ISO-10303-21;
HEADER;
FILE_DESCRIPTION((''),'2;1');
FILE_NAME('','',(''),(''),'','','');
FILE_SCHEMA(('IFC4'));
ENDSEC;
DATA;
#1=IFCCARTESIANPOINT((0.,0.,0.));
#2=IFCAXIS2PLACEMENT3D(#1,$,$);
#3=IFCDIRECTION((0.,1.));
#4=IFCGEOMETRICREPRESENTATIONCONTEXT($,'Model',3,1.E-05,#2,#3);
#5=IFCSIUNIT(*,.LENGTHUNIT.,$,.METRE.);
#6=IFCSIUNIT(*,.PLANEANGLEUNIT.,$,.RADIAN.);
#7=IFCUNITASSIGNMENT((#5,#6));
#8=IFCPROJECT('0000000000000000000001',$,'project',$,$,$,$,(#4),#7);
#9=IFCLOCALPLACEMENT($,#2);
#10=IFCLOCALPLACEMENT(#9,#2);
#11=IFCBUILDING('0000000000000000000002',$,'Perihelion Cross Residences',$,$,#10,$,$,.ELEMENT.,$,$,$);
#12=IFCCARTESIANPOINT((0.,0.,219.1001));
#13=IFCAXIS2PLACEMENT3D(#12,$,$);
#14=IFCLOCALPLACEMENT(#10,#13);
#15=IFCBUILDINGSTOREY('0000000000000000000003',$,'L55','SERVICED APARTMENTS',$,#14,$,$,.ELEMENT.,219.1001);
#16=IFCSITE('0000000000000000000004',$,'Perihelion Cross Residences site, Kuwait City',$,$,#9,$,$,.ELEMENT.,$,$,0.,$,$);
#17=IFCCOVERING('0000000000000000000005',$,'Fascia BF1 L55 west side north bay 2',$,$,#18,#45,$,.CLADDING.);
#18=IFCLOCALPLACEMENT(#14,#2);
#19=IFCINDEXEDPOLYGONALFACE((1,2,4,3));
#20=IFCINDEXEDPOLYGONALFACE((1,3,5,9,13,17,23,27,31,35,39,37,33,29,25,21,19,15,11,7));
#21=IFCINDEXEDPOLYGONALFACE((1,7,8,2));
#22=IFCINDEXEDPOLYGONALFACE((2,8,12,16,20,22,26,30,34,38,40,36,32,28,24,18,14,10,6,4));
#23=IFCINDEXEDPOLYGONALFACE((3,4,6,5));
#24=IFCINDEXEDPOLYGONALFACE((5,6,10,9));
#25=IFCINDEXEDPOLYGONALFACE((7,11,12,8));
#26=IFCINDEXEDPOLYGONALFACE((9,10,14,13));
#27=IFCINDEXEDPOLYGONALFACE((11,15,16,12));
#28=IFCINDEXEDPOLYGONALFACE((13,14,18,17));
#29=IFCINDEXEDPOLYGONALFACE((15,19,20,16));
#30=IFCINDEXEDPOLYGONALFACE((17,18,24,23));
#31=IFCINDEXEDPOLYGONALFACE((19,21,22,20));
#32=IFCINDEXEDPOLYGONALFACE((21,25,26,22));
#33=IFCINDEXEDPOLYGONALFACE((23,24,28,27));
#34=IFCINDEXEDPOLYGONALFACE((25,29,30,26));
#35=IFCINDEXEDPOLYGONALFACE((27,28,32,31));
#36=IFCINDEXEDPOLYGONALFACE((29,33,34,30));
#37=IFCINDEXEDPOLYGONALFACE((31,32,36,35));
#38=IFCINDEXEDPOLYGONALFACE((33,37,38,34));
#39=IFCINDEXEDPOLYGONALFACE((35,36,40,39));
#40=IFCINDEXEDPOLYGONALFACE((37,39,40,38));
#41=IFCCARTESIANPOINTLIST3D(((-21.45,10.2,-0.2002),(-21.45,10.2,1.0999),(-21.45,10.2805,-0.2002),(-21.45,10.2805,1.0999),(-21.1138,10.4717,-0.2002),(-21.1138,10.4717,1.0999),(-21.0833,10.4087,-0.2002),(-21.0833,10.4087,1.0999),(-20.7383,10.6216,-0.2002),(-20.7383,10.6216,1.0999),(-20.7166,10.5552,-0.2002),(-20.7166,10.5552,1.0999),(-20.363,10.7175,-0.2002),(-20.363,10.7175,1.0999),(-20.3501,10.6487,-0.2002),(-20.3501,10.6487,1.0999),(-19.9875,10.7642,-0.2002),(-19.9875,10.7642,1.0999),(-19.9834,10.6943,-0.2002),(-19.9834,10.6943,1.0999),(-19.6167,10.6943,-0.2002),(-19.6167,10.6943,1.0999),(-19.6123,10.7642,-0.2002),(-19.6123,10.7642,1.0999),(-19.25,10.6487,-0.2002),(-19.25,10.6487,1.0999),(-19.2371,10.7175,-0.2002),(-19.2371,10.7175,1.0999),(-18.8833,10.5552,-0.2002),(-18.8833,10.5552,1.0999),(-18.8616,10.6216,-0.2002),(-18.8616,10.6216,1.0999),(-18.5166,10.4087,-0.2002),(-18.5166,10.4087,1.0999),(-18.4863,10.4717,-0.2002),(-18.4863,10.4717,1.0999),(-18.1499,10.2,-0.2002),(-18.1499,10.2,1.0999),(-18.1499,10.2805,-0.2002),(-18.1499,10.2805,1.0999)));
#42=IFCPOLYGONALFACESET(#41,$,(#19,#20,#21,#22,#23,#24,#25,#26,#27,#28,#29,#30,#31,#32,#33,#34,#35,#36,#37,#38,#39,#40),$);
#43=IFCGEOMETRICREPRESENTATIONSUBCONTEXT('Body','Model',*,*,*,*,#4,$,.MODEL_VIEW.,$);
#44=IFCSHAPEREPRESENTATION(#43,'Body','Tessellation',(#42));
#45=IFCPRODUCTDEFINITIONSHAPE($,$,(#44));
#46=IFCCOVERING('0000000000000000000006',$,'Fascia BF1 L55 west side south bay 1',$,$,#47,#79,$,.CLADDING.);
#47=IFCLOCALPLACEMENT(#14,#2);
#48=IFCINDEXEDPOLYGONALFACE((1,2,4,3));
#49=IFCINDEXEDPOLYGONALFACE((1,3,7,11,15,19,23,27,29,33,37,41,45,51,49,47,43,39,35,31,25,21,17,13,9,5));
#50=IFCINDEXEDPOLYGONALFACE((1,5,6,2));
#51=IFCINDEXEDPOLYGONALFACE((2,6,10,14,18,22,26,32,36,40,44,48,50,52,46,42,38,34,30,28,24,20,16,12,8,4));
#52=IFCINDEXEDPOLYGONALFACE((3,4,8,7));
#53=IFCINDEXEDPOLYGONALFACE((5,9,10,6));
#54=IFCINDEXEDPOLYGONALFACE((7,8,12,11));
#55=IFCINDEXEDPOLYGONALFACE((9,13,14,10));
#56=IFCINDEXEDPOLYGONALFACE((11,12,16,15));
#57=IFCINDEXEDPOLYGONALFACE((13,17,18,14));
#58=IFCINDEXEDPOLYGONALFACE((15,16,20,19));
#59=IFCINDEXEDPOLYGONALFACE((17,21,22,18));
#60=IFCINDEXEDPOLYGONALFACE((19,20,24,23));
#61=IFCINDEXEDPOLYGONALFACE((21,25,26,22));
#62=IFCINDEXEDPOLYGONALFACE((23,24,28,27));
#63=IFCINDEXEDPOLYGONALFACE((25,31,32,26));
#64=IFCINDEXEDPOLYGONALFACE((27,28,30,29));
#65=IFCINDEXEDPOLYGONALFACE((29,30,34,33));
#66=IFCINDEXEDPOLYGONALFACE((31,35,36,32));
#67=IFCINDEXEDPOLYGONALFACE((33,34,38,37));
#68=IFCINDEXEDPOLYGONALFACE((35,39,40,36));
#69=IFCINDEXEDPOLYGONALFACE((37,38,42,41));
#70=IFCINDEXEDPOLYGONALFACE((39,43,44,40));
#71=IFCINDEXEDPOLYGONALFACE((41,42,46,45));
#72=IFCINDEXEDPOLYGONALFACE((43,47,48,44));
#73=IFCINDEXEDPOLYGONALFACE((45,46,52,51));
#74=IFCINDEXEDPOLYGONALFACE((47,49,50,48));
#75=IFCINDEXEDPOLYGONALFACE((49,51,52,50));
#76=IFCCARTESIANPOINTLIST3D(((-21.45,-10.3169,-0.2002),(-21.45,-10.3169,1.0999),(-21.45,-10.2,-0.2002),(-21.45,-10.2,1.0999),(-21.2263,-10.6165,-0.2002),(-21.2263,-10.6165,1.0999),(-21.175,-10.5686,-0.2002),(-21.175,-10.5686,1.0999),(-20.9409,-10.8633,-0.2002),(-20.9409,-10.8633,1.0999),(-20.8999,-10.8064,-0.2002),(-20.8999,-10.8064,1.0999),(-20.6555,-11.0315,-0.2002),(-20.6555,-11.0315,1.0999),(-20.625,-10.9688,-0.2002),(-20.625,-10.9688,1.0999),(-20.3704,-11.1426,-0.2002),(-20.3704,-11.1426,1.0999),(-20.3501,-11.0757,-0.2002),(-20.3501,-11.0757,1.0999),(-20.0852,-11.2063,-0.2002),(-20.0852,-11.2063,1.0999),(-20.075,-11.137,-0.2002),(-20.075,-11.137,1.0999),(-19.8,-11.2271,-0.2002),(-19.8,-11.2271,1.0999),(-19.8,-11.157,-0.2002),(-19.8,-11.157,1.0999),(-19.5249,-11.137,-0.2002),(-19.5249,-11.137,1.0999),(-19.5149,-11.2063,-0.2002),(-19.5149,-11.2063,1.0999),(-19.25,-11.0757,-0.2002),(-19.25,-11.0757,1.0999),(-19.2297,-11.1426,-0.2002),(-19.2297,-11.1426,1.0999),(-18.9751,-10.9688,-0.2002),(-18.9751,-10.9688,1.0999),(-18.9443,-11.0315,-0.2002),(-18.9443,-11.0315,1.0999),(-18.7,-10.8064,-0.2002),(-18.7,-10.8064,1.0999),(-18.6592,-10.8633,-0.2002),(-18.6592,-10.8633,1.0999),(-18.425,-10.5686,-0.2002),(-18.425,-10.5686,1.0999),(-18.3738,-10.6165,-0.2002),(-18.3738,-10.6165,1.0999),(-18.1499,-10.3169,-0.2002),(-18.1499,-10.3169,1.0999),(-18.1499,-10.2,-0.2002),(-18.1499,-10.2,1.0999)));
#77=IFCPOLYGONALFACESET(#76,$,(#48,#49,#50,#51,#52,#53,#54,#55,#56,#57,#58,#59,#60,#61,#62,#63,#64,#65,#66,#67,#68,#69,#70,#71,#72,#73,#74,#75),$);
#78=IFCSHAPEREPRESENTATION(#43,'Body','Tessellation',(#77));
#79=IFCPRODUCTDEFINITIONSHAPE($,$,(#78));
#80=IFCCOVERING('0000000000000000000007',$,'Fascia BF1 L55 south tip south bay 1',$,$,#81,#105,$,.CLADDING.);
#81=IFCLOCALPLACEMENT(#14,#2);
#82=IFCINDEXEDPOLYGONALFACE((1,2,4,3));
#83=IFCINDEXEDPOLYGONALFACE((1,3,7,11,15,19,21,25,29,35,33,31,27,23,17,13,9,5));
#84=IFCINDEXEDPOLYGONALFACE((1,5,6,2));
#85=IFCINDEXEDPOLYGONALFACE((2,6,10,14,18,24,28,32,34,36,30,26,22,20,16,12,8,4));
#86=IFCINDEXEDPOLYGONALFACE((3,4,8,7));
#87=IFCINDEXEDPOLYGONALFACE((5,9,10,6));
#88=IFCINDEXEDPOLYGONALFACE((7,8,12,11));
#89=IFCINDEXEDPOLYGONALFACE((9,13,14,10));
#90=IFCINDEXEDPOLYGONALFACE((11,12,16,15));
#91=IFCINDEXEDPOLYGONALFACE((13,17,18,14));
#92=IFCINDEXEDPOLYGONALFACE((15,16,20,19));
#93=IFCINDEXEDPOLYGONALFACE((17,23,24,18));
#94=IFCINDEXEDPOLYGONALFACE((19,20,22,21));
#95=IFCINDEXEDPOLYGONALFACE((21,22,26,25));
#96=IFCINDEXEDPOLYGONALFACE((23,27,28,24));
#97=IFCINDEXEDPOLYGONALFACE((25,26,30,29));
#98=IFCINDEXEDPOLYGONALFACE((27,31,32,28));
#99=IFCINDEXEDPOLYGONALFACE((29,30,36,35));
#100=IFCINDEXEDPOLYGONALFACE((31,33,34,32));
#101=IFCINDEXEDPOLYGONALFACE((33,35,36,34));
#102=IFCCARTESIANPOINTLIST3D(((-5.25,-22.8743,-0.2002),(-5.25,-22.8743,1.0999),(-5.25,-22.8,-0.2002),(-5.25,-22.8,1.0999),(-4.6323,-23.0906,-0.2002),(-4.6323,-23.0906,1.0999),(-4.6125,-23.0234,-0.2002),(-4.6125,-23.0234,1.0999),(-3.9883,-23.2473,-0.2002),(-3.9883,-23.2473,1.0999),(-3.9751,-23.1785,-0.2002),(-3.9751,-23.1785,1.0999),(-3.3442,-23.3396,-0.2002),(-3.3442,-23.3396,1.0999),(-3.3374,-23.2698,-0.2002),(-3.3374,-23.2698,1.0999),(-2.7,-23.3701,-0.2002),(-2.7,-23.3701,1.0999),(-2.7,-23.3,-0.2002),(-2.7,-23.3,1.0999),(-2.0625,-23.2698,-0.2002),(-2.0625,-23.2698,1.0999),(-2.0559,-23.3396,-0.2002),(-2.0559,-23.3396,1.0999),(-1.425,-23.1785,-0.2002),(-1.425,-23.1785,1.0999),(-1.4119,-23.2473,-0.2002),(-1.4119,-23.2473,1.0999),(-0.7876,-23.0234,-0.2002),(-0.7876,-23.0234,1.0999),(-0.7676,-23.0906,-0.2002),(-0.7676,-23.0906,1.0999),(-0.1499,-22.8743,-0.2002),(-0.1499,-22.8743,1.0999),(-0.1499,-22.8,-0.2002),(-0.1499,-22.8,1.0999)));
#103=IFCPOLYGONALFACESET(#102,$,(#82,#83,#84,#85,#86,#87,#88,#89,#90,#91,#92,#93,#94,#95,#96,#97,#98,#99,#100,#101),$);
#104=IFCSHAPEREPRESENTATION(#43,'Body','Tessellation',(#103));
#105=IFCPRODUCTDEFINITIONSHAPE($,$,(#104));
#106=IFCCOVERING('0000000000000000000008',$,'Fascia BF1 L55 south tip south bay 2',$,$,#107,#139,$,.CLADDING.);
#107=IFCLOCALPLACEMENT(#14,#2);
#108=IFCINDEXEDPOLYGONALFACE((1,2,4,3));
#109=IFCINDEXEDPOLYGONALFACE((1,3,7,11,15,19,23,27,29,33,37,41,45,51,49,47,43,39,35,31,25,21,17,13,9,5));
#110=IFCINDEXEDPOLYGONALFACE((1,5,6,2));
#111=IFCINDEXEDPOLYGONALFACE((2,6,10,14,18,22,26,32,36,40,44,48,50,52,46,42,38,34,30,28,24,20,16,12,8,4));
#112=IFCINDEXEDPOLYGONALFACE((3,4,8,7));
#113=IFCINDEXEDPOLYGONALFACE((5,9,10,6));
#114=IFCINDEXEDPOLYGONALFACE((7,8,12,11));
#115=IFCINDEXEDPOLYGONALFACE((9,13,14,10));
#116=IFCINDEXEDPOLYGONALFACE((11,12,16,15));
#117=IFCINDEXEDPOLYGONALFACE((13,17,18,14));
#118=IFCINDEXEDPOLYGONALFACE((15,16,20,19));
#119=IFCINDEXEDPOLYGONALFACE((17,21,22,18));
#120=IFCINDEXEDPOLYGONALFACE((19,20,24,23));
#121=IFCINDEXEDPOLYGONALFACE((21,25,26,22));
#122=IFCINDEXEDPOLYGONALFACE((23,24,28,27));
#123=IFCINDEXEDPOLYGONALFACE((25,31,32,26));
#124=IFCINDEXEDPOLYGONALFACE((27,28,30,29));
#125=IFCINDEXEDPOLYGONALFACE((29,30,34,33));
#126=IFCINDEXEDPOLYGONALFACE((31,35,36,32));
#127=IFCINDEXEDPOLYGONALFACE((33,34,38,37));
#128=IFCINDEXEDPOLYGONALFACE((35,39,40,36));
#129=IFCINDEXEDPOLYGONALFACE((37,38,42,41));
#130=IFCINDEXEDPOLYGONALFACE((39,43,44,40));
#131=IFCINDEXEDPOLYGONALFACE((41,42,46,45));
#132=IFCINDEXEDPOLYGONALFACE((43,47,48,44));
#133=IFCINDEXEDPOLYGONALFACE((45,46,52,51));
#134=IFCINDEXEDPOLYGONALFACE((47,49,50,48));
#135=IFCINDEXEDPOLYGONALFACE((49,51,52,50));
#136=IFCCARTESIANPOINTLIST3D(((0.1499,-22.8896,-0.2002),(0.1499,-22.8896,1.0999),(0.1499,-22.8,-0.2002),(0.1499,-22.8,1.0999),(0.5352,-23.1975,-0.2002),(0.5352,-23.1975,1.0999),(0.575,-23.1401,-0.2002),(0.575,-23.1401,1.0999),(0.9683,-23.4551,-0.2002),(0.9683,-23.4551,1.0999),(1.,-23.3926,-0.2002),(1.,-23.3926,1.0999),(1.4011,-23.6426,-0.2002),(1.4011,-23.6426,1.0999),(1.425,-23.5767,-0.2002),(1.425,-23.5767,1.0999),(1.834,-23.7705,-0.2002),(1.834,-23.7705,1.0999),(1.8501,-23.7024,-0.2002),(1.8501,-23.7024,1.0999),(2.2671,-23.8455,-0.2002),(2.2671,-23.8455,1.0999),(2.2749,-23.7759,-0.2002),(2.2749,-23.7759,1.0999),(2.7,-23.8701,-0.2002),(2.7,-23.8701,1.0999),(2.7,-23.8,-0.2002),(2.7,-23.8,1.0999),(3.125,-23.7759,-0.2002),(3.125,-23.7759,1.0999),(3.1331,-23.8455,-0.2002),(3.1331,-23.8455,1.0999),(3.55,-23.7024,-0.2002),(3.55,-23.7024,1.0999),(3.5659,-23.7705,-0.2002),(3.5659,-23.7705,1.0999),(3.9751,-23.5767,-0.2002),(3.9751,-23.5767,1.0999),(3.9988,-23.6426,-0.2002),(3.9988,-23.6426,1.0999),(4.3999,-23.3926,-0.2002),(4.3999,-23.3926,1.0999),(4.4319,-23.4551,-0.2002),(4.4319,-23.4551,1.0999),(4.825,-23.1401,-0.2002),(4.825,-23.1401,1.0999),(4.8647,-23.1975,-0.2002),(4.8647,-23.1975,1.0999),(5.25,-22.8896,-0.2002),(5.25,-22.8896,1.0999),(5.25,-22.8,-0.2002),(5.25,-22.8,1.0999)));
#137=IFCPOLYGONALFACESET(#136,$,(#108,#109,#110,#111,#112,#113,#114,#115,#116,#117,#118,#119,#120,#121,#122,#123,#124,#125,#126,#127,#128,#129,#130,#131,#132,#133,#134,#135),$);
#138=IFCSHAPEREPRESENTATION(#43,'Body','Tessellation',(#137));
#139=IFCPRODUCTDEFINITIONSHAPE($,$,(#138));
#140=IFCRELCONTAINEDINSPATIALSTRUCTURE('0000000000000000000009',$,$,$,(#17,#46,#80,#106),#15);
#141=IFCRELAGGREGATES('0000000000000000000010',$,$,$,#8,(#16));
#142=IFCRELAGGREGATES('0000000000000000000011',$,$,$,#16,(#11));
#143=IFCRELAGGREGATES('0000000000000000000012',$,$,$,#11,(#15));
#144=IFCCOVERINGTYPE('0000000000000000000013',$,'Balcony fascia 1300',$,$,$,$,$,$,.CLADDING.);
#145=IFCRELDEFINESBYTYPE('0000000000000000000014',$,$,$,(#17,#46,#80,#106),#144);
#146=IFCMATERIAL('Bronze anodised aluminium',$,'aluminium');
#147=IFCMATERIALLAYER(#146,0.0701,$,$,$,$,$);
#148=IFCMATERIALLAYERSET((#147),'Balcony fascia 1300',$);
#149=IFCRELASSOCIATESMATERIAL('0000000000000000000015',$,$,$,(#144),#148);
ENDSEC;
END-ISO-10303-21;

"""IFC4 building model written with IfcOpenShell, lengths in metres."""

from ifc_helpers import new_model, si_unit, direction, frame, origin, place, context, subcontext, project, spatial, polyline, outline, extrude, material, layer, layer_set, type_object, element, save


model = new_model("IFC4")

# Units and contexts
model_context = context("Model", 3, precision=1e-05, world=origin(), true_north=direction((0.0, 1.0)))
body_context = subcontext(model_context, "Body", "Model", "MODEL_VIEW")
ifc_project = project(units=[si_unit("LENGTHUNIT", "METRE"), si_unit("PLANEANGLEUNIT", "RADIAN")], contexts=[model_context])

# Site, building, storey
site_placement = place(None, origin())
site = spatial("IfcSite", under=ifc_project, at=site_placement, Name="Perihelion Cross Residences site, Kuwait City", CompositionType="ELEMENT", RefElevation=0.0)
building_placement = place(site_placement, origin())
building = spatial("IfcBuilding", under=site, at=building_placement, Name="Perihelion Cross Residences", CompositionType="ELEMENT")
storey_placement = place(building_placement, frame((0.0, 0.0, 219.1001)))
storey = spatial("IfcBuildingStorey", under=building, at=storey_placement, Name="L55", Description="SERVICED APARTMENTS", CompositionType="ELEMENT", Elevation=219.1001)

# Coverings
ifc_material_1 = material(Name="Bronze anodised aluminium", Category="aluminium")
ifc_layer_1 = layer(ifc_material_1, 0.0701)
ifc_layer_set_1 = layer_set([ifc_layer_1], Name="Balcony fascia 1300")
covering_type = type_object("IfcCoveringType", Name="Balcony fascia 1300", PredefinedType="CLADDING", material=ifc_layer_set_1)
covering_1_placement = place(storey_placement, frame((0.0, 0.0, -0.2002)))
element("IfcCovering", 1, at=covering_1_placement, inside=storey, type_object=covering_type, Name="Fascia BF1 L55 west side north bay 2", PredefinedType="CLADDING", context=body_context, shape_type="SweptSolid", body=[
    extrude(outline(polyline([(-18.4863, 10.4717), (-18.8616, 10.6216), (-19.2371, 10.7175), (-19.6123, 10.7642), (-19.9875, 10.7642), (-20.363, 10.7175), (-20.7383, 10.6216), (-21.1138, 10.4717), (-21.45, 10.2805), (-21.45, 10.2), (-21.0833, 10.4087), (-20.7166, 10.5552), (-20.3501, 10.6487), (-19.9834, 10.6943), (-19.6167, 10.6943), (-19.25, 10.6487), (-18.8833, 10.5552), (-18.5166, 10.4087), (-18.1499, 10.2), (-18.1499, 10.2805), (-18.4863, 10.4717)])), origin(), (0.0, 0.0, 1.0), 1.3),
])
covering_2_placement = place(storey_placement, frame((0.0, 0.0, -0.2002)))
element("IfcCovering", 2, at=covering_2_placement, inside=storey, type_object=covering_type, Name="Fascia BF1 L55 west side south bay 1", PredefinedType="CLADDING", context=body_context, shape_type="SweptSolid", body=[
    extrude(outline(polyline([(-21.2263, -10.6165), (-20.9409, -10.8633), (-20.6555, -11.0315), (-20.3704, -11.1426), (-20.0852, -11.2063), (-19.8, -11.2271), (-19.5149, -11.2063), (-19.2297, -11.1426), (-18.9443, -11.0315), (-18.6592, -10.8633), (-18.3738, -10.6165), (-18.1499, -10.3169), (-18.1499, -10.2), (-18.425, -10.5686), (-18.7, -10.8064), (-18.9751, -10.9688), (-19.25, -11.0757), (-19.5249, -11.137), (-19.8, -11.157), (-20.075, -11.137), (-20.3501, -11.0757), (-20.625, -10.9688), (-20.8999, -10.8064), (-21.175, -10.5686), (-21.45, -10.2), (-21.45, -10.3169), (-21.2263, -10.6165)])), origin(), (0.0, 0.0, 1.0), 1.3),
])
covering_3_placement = place(storey_placement, frame((0.0, 0.0, -0.2002)))
element("IfcCovering", 3, at=covering_3_placement, inside=storey, type_object=covering_type, Name="Fascia BF1 L55 south tip south bay 1", PredefinedType="CLADDING", context=body_context, shape_type="SweptSolid", body=[
    extrude(outline(polyline([(-4.6323, -23.0906), (-3.9883, -23.2473), (-3.3442, -23.3396), (-2.7, -23.3701), (-2.0559, -23.3396), (-1.4119, -23.2473), (-0.7676, -23.0906), (-0.1499, -22.8743), (-0.1499, -22.8), (-0.7876, -23.0234), (-1.425, -23.1785), (-2.0625, -23.2698), (-2.7, -23.3), (-3.3374, -23.2698), (-3.9751, -23.1785), (-4.6125, -23.0234), (-5.25, -22.8), (-5.25, -22.8743), (-4.6323, -23.0906)])), origin(), (0.0, 0.0, 1.0), 1.3),
])
covering_4_placement = place(storey_placement, frame((0.0, 0.0, -0.2002)))
element("IfcCovering", 4, at=covering_4_placement, inside=storey, type_object=covering_type, Name="Fascia BF1 L55 south tip south bay 2", PredefinedType="CLADDING", context=body_context, shape_type="SweptSolid", body=[
    extrude(outline(polyline([(0.5352, -23.1975), (0.9683, -23.4551), (1.4011, -23.6426), (1.834, -23.7705), (2.2671, -23.8455), (2.7, -23.8701), (3.1331, -23.8455), (3.5659, -23.7705), (3.9988, -23.6426), (4.4319, -23.4551), (4.8647, -23.1975), (5.25, -22.8896), (5.25, -22.8), (4.825, -23.1401), (4.3999, -23.3926), (3.9751, -23.5767), (3.55, -23.7024), (3.125, -23.7759), (2.7, -23.8), (2.2749, -23.7759), (1.8501, -23.7024), (1.425, -23.5767), (1.0, -23.3926), (0.575, -23.1401), (0.1499, -22.8), (0.1499, -22.8896), (0.5352, -23.1975)])), origin(), (0.0, 0.0, 1.0), 1.3),
])

save(model, "model.ifc")
